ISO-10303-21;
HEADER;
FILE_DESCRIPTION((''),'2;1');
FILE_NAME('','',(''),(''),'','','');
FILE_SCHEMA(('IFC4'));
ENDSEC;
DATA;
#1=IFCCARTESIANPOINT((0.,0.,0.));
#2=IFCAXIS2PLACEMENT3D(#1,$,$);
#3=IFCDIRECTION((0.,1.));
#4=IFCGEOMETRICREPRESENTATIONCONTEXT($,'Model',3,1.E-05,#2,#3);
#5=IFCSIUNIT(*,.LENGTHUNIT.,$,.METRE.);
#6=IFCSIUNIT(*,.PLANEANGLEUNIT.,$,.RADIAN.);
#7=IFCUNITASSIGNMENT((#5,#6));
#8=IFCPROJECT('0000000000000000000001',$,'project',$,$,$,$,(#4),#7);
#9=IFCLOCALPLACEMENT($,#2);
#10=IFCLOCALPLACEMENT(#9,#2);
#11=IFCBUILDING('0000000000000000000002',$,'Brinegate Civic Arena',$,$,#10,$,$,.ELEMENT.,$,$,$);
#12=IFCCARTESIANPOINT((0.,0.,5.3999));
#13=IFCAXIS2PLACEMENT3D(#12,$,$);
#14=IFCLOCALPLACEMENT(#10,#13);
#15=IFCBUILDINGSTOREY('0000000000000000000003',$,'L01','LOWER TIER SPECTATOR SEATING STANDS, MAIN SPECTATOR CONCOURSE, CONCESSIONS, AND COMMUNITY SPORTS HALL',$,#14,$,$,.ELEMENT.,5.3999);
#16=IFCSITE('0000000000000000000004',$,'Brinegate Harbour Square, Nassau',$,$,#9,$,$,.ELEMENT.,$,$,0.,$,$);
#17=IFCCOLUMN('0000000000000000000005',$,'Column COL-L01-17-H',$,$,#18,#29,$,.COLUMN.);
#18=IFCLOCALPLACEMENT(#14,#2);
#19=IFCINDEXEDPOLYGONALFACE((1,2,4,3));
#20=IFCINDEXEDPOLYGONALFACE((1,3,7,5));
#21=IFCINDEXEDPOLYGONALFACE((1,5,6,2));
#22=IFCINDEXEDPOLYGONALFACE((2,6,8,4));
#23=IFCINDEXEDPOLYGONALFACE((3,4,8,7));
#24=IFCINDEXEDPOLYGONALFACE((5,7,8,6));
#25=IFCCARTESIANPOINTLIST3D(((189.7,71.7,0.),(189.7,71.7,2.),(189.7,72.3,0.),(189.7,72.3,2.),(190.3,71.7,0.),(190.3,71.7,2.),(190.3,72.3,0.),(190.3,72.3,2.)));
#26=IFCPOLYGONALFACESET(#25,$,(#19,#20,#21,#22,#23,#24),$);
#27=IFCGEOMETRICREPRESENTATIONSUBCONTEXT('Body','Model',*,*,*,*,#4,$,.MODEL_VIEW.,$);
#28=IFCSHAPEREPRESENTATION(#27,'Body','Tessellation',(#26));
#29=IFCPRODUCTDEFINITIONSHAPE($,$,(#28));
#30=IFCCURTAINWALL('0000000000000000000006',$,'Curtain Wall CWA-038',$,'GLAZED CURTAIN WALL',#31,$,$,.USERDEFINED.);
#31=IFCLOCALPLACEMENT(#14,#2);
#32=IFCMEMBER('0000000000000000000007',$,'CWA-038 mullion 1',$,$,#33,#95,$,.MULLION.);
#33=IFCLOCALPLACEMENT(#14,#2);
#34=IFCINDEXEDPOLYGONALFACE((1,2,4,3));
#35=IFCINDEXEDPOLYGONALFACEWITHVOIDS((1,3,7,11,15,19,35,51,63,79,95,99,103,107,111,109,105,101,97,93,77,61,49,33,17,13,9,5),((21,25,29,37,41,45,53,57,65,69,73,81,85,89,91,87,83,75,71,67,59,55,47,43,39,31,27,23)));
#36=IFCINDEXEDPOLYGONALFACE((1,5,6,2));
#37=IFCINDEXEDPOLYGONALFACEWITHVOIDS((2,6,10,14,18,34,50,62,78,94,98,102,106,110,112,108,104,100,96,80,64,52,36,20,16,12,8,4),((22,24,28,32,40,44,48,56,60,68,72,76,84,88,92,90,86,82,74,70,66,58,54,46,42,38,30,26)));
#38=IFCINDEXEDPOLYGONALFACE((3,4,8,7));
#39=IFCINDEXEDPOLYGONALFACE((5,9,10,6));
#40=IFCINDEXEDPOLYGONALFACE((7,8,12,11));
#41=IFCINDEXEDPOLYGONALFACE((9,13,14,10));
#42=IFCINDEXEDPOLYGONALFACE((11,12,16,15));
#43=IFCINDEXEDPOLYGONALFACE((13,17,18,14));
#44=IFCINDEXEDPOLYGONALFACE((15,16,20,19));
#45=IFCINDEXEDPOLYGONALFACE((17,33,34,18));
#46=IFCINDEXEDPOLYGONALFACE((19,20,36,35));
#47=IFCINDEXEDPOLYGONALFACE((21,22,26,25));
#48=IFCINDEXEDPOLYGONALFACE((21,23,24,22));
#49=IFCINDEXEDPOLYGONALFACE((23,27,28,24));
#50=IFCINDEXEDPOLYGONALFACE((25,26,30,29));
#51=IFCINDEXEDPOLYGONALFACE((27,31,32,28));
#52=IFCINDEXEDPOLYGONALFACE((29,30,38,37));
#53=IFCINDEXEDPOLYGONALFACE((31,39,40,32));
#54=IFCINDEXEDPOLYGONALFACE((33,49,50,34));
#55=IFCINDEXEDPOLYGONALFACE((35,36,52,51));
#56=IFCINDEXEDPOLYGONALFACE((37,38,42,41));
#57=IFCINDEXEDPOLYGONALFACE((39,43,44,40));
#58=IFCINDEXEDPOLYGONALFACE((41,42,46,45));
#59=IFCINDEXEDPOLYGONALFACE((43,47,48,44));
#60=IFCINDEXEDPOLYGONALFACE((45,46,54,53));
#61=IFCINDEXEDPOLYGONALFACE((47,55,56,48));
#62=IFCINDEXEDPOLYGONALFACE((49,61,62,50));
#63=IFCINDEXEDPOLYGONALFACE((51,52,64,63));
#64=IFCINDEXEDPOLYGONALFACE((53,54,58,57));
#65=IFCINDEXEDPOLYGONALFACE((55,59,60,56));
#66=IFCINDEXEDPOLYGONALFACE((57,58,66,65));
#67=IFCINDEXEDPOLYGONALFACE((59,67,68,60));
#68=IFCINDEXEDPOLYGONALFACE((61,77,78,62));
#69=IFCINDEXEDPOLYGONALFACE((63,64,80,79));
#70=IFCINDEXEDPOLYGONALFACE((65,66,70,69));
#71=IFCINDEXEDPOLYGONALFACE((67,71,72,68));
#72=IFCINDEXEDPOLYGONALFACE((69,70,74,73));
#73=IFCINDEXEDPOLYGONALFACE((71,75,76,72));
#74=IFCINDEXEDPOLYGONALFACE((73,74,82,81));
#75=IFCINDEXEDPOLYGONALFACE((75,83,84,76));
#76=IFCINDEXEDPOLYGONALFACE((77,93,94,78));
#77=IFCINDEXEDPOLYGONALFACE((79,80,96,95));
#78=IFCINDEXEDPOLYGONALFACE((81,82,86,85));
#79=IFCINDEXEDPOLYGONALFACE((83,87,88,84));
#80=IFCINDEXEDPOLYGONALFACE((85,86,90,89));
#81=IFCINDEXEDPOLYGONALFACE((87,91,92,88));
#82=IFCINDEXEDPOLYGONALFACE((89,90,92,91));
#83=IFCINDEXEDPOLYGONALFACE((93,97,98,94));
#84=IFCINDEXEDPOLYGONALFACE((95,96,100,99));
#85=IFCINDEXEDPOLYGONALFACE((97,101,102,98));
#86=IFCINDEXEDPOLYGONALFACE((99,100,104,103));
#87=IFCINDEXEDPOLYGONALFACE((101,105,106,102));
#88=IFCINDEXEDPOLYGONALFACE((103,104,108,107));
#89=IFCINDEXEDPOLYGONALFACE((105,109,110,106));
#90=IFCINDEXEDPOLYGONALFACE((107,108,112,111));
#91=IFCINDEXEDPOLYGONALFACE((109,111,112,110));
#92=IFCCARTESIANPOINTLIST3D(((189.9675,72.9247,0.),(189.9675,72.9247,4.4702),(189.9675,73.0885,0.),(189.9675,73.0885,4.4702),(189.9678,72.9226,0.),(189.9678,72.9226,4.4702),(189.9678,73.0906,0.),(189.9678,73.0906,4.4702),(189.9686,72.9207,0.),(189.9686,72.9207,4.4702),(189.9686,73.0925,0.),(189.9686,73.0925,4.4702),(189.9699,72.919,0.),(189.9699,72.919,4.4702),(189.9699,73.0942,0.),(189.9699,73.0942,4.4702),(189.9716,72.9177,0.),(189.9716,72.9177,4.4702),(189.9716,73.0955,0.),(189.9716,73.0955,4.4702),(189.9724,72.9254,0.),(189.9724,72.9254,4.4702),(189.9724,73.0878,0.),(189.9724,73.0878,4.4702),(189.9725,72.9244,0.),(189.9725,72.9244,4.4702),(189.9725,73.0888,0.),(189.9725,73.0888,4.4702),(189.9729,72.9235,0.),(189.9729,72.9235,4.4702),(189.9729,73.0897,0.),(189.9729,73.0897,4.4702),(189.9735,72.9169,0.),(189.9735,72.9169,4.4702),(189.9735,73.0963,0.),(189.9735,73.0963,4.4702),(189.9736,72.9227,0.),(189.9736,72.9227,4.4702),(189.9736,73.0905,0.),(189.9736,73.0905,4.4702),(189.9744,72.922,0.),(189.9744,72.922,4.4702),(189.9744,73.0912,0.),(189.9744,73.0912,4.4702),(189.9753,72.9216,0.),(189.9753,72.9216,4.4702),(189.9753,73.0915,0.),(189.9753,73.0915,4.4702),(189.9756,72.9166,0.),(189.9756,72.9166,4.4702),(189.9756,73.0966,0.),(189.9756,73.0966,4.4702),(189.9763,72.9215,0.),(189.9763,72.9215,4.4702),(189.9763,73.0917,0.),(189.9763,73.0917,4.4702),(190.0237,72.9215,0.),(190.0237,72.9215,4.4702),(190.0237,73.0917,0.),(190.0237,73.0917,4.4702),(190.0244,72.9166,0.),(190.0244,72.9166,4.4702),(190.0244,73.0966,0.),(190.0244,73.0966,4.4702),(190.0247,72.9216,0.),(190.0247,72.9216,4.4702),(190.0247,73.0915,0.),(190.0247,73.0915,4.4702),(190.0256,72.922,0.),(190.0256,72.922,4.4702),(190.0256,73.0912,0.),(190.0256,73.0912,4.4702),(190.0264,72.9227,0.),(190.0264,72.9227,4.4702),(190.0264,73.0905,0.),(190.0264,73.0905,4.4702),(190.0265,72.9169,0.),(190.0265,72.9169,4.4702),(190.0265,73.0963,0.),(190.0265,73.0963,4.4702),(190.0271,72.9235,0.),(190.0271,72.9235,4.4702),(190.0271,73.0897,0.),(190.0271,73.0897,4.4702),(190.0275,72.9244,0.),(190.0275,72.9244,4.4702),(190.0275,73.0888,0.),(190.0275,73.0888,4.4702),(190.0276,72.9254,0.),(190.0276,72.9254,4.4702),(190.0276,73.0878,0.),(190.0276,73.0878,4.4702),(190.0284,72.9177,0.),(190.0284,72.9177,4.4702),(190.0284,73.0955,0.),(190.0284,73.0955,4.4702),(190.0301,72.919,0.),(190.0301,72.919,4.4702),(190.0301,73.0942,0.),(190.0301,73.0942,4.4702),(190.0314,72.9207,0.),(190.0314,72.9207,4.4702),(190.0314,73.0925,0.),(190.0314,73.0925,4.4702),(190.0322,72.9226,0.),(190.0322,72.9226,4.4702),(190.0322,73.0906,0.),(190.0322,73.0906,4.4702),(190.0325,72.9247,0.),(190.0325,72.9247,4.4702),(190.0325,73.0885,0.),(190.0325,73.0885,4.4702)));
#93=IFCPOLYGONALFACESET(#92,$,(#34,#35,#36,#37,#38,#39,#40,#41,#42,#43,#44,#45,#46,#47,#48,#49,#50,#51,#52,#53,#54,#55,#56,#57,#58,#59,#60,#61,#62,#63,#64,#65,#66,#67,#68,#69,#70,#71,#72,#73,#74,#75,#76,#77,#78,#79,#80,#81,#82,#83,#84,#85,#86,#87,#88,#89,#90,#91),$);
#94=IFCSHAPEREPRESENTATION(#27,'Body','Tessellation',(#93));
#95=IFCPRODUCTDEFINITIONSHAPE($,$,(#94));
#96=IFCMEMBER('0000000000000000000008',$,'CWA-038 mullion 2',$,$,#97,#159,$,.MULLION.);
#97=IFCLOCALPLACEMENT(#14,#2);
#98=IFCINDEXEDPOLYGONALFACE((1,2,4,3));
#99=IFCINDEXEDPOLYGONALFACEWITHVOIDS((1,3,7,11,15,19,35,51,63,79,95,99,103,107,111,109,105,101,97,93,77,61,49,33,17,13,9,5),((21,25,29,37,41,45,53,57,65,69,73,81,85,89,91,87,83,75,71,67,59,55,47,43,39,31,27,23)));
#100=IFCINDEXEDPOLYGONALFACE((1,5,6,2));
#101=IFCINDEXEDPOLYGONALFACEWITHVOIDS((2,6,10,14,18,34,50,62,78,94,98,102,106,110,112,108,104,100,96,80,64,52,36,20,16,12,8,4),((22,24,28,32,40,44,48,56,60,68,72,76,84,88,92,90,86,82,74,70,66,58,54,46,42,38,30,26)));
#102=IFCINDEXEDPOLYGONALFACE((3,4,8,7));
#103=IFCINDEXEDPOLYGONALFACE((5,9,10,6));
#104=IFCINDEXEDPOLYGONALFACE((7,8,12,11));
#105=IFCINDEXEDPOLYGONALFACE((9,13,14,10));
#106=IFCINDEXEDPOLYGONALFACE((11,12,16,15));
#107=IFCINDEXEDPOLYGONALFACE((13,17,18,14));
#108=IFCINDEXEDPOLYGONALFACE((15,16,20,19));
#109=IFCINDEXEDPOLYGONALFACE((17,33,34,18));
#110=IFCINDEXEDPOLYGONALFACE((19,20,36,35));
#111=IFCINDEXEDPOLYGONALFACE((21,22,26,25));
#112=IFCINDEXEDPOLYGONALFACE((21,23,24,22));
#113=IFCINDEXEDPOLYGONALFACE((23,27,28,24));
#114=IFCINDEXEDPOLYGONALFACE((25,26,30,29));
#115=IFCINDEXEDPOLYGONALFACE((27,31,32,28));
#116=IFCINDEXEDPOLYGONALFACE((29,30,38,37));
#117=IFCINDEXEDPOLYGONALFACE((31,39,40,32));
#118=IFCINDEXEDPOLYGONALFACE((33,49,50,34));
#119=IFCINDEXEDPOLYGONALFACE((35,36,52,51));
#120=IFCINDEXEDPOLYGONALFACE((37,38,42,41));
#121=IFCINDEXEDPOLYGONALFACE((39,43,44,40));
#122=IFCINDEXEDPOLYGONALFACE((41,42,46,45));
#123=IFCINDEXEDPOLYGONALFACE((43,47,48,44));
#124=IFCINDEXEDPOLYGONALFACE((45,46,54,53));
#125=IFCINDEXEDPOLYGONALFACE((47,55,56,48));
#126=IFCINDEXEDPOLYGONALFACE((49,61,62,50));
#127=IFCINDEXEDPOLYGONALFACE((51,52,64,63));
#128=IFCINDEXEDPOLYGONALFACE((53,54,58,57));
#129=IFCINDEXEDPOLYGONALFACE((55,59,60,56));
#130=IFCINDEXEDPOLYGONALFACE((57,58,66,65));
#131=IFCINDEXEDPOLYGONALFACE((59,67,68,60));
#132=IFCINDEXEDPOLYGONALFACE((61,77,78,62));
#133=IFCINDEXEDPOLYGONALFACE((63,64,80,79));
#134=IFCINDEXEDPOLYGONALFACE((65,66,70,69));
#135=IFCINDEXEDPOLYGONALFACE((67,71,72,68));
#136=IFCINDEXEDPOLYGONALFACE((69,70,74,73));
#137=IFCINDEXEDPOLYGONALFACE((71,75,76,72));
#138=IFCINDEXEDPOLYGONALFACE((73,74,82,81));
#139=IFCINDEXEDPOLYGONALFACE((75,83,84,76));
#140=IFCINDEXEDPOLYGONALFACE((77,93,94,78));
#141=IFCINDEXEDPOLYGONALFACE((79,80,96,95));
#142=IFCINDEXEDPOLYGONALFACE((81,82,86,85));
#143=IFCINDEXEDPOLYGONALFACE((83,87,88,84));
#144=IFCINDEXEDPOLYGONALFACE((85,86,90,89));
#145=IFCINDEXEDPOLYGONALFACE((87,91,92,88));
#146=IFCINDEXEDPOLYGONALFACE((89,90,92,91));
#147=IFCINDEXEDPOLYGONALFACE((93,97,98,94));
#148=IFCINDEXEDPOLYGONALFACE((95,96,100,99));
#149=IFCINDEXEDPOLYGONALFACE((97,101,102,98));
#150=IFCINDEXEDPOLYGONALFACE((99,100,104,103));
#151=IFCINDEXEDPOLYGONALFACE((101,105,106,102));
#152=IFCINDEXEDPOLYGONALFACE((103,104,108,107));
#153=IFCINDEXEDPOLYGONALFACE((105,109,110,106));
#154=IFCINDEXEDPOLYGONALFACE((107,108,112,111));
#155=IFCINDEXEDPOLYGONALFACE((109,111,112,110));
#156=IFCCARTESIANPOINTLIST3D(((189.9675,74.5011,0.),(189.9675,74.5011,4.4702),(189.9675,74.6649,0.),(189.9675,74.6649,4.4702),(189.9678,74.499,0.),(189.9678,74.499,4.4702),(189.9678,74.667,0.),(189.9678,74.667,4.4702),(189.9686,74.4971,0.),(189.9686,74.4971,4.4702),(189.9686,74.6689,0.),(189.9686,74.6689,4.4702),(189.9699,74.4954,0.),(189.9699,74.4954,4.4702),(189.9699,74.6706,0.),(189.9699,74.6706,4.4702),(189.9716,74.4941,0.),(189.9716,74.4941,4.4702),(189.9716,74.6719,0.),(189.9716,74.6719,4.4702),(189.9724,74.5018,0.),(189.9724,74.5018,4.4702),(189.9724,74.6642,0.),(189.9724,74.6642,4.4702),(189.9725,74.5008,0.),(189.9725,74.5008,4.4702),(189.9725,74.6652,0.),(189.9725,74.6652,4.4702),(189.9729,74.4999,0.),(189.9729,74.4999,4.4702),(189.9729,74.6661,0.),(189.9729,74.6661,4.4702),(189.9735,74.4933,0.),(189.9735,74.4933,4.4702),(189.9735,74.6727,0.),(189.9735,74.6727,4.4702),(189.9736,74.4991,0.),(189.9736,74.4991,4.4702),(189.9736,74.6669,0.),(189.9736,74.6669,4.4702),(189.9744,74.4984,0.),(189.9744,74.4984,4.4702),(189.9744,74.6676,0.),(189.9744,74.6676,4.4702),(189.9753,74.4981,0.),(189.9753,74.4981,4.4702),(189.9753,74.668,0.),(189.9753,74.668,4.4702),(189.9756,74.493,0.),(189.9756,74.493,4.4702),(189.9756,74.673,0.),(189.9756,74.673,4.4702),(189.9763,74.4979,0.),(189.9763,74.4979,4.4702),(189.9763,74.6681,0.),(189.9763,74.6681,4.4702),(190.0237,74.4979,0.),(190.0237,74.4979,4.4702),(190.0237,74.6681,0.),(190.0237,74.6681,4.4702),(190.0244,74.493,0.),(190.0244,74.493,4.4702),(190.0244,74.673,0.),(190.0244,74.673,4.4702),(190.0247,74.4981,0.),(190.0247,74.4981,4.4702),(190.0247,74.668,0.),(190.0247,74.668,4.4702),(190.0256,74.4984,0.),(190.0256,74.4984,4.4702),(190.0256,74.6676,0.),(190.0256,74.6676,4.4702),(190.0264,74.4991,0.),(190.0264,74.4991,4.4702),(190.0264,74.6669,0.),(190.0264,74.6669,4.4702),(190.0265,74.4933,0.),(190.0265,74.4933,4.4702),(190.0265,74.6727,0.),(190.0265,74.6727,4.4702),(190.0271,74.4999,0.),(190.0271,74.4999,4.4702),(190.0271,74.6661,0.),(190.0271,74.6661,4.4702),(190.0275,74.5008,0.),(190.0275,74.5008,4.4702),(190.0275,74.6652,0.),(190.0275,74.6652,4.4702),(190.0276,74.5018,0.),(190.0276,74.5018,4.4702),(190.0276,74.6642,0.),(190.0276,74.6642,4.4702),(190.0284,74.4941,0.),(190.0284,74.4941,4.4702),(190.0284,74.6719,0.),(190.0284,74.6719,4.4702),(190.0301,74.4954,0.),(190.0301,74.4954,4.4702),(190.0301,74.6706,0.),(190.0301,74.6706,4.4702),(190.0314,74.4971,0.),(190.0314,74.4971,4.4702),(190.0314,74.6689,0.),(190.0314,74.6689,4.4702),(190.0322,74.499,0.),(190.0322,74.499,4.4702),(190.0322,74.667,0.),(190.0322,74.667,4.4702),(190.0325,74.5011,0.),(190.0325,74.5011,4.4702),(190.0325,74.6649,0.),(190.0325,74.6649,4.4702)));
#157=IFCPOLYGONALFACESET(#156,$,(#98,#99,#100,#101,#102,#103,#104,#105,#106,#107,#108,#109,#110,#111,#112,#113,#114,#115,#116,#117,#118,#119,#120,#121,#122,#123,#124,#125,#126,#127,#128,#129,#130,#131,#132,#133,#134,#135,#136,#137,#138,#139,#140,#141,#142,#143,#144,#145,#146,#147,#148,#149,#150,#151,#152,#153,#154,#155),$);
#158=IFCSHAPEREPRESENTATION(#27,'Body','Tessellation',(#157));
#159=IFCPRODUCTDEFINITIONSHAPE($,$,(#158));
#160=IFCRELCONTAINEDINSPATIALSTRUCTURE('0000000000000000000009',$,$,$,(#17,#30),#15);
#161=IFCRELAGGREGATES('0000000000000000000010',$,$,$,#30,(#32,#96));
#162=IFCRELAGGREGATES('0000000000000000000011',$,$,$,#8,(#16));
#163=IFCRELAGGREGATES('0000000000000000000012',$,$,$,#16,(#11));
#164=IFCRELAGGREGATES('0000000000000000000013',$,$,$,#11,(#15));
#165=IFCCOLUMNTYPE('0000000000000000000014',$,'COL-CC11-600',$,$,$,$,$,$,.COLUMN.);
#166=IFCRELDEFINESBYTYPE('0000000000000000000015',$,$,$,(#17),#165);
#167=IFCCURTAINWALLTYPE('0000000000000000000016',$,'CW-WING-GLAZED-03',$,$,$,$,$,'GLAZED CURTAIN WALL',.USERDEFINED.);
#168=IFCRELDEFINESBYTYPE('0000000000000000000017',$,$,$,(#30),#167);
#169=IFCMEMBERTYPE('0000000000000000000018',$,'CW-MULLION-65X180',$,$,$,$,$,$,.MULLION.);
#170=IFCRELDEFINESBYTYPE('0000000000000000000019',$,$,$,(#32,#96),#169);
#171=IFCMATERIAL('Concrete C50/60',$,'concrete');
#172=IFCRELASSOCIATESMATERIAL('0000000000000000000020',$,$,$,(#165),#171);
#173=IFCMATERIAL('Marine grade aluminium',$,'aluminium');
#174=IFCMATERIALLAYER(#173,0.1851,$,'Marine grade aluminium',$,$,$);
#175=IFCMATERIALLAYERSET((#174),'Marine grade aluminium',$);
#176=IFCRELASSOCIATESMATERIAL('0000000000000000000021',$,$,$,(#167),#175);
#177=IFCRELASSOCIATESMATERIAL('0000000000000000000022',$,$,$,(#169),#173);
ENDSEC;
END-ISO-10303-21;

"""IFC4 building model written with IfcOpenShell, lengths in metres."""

from ifc_helpers import new_model, si_unit, direction, frame, origin, origin_2d, place, context, subcontext, project, spatial, rectangle, hollow_rectangle, extrude, material, layer, layer_set, material_profile, profile_set, type_object, element, aggregate, save


model = new_model("IFC4")

# Units and contexts
model_context = context("Model", 3, precision=1e-05, world=origin(), true_north=direction((0.0, 1.0)))
body_context = subcontext(model_context, "Body", "Model", "MODEL_VIEW")
ifc_project = project(units=[si_unit("LENGTHUNIT", "METRE"), si_unit("PLANEANGLEUNIT", "RADIAN")], contexts=[model_context])

# Site, building, storey
site_placement = place(None, origin())
site = spatial("IfcSite", under=ifc_project, at=site_placement, Name="Brinegate Harbour Square, Nassau", CompositionType="ELEMENT", RefElevation=0.0)
building_placement = place(site_placement, origin())
building = spatial("IfcBuilding", under=site, at=building_placement, Name="Brinegate Civic Arena", CompositionType="ELEMENT")
storey_placement = place(building_placement, frame((0.0, 0.0, 5.3999)))
storey = spatial("IfcBuildingStorey", under=building, at=storey_placement, Name="L01", Description="LOWER TIER SPECTATOR SEATING STANDS, MAIN SPECTATOR CONCOURSE, CONCESSIONS, AND COMMUNITY SPORTS HALL", CompositionType="ELEMENT", Elevation=5.3999)

# Column
ifc_material_1 = material(Name="Concrete C50/60", Category="concrete")
ifc_material_profile_1 = material_profile(ifc_material_1, rectangle(XDim=0.6001, YDim=0.6001, at=origin_2d()), Name="RC600X600")
ifc_profile_set_1 = profile_set([ifc_material_profile_1], Name="Concrete C50/60")
column_type = type_object("IfcColumnType", Name="COL-CC11-600", PredefinedType="COLUMN", material=ifc_profile_set_1)
column_placement = place(storey_placement, frame((190.0, 72.0, 0.0), z_axis=(0.0, 0.0, 1.0), x_axis=(1.0, 0.0, 0.0)))
element("IfcColumn", 1, at=column_placement, inside=storey, type_object=column_type, Name="Column COL-L01-17-H", PredefinedType="COLUMN", context=body_context, shape_type="SweptSolid", body=[
    extrude(rectangle(XDim=0.6001, YDim=0.6001, at=origin_2d()), origin(), (0.0, 0.0, 1.0), 2.0),
])

# Curtain wall, members
ifc_material_2 = material(Name="Marine grade aluminium", Category="aluminium")
ifc_layer_1 = layer(ifc_material_2, 0.1851, Name="Marine grade aluminium")
ifc_layer_set_1 = layer_set([ifc_layer_1], Name="Marine grade aluminium")
curtain_wall_type = type_object("IfcCurtainWallType", Name="CW-WING-GLAZED-03", ElementType="GLAZED CURTAIN WALL", PredefinedType="USERDEFINED", material=ifc_layer_set_1)
curtain_wall_1_placement = place(storey_placement, origin())
curtain_wall_1 = element("IfcCurtainWall", 2, at=curtain_wall_1_placement, inside=storey, type_object=curtain_wall_type, Name="Curtain Wall CWA-038", ObjectType="GLAZED CURTAIN WALL", PredefinedType="USERDEFINED")
ifc_material_profile_2 = material_profile(ifc_material_2, hollow_rectangle(XDim=0.0649, YDim=0.1799, WallThickness=0.0049, InnerFilletRadius=0.0039, OuterFilletRadius=0.0081, at=origin_2d()), Name="MUL65X180")
ifc_profile_set_2 = profile_set([ifc_material_profile_2], Name="Marine grade aluminium")
member_type_1 = type_object("IfcMemberType", Name="CW-MULLION-65X180", PredefinedType="MULLION", material=ifc_profile_set_2)
member_1_placement = place(storey_placement, frame((190.0, 73.0066, 0.0), z_axis=(0.0, 0.0, 1.0), x_axis=(-1.0, 0.0, 0.0)))
member_1 = element("IfcMember", 3, at=member_1_placement, type_object=member_type_1, Name="CWA-038 mullion 1", PredefinedType="MULLION", context=body_context, shape_type="SweptSolid", body=[
    extrude(hollow_rectangle(XDim=0.0649, YDim=0.1799, WallThickness=0.0049, InnerFilletRadius=0.0039, OuterFilletRadius=0.0081, at=origin_2d()), origin(), (0.0, 0.0, 1.0), 4.4702),
])
member_2_placement = place(storey_placement, frame((190.0, 74.583, 0.0), z_axis=(0.0, 0.0, 1.0), x_axis=(-1.0, 0.0, 0.0)))
member_2 = element("IfcMember", 4, at=member_2_placement, type_object=member_type_1, Name="CWA-038 mullion 2", PredefinedType="MULLION", context=body_context, shape_type="SweptSolid", body=[
    extrude(hollow_rectangle(XDim=0.0649, YDim=0.1799, WallThickness=0.0049, InnerFilletRadius=0.0039, OuterFilletRadius=0.0081, at=origin_2d()), origin(), (0.0, 0.0, 1.0), 4.4702),
])

aggregate(curtain_wall_1, [member_1, member_2])

save(model, "model.ifc")
